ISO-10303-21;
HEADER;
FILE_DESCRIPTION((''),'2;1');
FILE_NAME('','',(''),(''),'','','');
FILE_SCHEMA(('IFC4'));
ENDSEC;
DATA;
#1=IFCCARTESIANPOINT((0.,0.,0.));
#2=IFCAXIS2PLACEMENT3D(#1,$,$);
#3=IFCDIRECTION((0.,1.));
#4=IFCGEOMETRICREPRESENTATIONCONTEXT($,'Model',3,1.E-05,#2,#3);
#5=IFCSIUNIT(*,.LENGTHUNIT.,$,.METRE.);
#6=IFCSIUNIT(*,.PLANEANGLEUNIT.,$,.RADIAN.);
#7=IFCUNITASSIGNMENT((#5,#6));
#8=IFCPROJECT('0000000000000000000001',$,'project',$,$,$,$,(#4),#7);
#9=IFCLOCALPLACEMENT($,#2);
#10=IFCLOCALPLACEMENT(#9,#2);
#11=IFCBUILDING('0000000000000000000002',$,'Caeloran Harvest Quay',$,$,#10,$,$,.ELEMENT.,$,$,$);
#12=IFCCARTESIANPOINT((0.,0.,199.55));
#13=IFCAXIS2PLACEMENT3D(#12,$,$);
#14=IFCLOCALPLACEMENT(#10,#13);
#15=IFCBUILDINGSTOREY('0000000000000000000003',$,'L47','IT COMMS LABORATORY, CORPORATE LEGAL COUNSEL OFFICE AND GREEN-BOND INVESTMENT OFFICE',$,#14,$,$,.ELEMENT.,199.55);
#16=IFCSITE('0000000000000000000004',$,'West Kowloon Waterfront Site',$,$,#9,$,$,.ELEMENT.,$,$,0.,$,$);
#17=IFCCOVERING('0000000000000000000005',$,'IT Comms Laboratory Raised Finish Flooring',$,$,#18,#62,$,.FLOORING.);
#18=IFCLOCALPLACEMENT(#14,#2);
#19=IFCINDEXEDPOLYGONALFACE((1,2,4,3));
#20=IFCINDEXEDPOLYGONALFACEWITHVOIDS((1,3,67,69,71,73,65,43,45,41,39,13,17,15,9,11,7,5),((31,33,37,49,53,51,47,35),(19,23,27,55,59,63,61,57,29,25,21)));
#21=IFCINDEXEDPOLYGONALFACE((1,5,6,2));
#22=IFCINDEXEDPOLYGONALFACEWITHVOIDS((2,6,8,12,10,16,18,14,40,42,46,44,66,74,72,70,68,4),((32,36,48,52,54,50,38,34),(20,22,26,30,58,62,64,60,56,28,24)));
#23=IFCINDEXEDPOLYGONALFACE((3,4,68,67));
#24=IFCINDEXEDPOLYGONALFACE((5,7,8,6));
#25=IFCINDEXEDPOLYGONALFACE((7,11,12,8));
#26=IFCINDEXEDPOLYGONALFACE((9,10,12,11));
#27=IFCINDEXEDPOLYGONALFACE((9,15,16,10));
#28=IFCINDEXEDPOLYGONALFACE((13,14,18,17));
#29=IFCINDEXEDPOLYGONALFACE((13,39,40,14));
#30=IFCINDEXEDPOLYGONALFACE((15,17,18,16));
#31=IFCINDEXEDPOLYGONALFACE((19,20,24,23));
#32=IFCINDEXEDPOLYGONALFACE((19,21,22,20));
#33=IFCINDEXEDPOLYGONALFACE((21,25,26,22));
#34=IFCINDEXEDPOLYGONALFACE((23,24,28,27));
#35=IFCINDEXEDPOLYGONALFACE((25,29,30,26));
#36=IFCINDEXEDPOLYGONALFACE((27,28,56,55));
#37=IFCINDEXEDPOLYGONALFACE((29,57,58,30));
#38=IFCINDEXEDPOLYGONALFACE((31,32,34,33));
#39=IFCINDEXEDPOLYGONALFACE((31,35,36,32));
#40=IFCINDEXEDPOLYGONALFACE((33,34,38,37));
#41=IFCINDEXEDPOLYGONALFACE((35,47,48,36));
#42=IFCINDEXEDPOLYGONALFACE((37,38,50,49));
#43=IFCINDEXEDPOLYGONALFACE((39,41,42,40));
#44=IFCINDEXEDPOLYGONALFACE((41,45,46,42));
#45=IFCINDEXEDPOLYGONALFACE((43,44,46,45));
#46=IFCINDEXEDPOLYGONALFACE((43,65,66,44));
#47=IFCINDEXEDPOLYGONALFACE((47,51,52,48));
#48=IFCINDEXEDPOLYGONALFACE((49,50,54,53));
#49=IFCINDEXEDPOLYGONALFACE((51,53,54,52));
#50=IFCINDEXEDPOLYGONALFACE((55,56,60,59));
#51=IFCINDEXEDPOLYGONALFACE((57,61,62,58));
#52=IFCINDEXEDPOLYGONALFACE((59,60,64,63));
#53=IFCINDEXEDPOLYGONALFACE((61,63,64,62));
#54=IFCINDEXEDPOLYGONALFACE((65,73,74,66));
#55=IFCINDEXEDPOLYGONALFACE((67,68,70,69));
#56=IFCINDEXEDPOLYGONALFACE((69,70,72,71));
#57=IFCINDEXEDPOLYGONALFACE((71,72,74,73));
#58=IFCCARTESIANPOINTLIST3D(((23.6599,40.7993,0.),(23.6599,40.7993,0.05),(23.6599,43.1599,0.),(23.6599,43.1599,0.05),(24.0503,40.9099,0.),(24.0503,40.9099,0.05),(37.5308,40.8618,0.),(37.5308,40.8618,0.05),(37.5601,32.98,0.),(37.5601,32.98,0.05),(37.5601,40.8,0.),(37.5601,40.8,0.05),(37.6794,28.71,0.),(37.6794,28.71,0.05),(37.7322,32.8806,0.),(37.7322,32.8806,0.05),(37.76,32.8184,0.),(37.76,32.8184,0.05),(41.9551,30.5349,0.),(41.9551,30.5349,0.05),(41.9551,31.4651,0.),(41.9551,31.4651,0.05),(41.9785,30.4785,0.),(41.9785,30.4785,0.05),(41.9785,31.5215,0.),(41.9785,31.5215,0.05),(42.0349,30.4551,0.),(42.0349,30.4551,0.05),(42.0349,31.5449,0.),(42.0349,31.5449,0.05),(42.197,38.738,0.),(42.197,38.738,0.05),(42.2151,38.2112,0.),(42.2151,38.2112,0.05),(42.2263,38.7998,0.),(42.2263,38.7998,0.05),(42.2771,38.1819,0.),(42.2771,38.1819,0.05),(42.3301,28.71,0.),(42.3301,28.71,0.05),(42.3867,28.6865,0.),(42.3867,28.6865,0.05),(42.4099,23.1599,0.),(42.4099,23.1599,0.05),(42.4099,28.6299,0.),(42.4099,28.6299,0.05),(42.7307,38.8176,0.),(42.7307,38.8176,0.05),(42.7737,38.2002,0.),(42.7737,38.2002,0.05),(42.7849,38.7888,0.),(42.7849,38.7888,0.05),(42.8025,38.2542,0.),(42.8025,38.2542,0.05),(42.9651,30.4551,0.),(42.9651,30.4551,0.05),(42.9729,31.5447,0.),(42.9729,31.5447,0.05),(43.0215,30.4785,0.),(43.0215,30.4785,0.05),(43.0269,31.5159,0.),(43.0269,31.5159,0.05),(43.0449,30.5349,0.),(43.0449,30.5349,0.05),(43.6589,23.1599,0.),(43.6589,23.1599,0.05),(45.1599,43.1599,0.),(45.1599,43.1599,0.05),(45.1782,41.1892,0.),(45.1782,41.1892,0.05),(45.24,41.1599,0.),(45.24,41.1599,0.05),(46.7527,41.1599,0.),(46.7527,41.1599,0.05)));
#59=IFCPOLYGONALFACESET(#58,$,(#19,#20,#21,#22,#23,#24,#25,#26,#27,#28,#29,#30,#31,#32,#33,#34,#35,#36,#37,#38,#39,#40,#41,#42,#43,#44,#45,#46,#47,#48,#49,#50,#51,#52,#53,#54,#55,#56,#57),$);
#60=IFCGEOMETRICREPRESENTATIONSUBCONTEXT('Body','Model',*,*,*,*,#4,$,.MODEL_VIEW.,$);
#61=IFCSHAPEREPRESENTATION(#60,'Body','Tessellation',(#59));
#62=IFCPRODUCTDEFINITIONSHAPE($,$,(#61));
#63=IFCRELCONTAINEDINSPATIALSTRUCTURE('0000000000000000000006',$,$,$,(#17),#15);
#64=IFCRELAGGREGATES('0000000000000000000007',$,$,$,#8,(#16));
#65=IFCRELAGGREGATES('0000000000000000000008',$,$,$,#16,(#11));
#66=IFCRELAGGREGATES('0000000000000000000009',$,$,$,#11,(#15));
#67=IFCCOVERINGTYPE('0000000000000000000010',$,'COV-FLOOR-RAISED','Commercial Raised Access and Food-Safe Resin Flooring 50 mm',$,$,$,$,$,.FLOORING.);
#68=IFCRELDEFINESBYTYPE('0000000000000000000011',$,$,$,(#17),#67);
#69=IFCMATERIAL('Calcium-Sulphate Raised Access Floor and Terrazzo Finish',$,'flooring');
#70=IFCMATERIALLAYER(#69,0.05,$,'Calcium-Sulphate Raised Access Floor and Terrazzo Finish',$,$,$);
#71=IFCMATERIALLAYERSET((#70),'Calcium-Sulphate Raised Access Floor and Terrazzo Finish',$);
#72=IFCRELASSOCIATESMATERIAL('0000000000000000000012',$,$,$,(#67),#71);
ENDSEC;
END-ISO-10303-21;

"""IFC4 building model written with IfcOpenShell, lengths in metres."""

from ifc_helpers import new_model, si_unit, direction, frame, origin, place, context, subcontext, project, spatial, polyline, outline, extrude, material, layer, layer_set, type_object, element, save


model = new_model("IFC4")

# Units and contexts
model_context = context("Model", 3, precision=1e-05, world=origin(), true_north=direction((0.0, 1.0)))
body_context = subcontext(model_context, "Body", "Model", "MODEL_VIEW")
ifc_project = project(units=[si_unit("LENGTHUNIT", "METRE"), si_unit("PLANEANGLEUNIT", "RADIAN")], contexts=[model_context])

# Site, building, storey
site_placement = place(None, origin())
site = spatial("IfcSite", under=ifc_project, at=site_placement, Name="West Kowloon Waterfront Site", CompositionType="ELEMENT", RefElevation=0.0)
building_placement = place(site_placement, origin())
building = spatial("IfcBuilding", under=site, at=building_placement, Name="Caeloran Harvest Quay", CompositionType="ELEMENT")
storey_placement = place(building_placement, frame((0.0, 0.0, 199.55)))
storey = spatial("IfcBuildingStorey", under=building, at=storey_placement, Name="L47", Description="IT COMMS LABORATORY, CORPORATE LEGAL COUNSEL OFFICE AND GREEN-BOND INVESTMENT OFFICE", CompositionType="ELEMENT", Elevation=199.55)

# Covering
ifc_material_1 = material(Name="Calcium-Sulphate Raised Access Floor and Terrazzo Finish", Category="flooring")
ifc_layer_1 = layer(ifc_material_1, 0.05, Name="Calcium-Sulphate Raised Access Floor and Terrazzo Finish")
ifc_layer_set_1 = layer_set([ifc_layer_1], Name="Calcium-Sulphate Raised Access Floor and Terrazzo Finish")
covering_type_1 = type_object("IfcCoveringType", Name="COV-FLOOR-RAISED", Description="Commercial Raised Access and Food-Safe Resin Flooring 50 mm", PredefinedType="FLOORING", material=ifc_layer_set_1)
covering_1_placement = place(storey_placement, origin())
element("IfcCovering", 1, at=covering_1_placement, inside=storey, type_object=covering_type_1, Name="IT Comms Laboratory Raised Finish Flooring", PredefinedType="FLOORING", context=body_context, shape_type="SweptSolid", body=[
    extrude(outline(polyline([(23.6599, 40.7993), (23.6599, 43.1599), (45.1599, 43.1599), (45.1782, 41.1892), (45.24, 41.1599), (46.7527, 41.1599), (43.6589, 23.1599), (42.4099, 23.1599), (42.4099, 28.6299), (42.3867, 28.6865), (42.3301, 28.71), (37.6794, 28.71), (37.76, 32.8184), (37.7322, 32.8806), (37.5601, 32.98), (37.5601, 40.8), (37.5308, 40.8618), (24.0503, 40.9099), (23.6599, 40.7993)]), holes=[polyline([(43.0449, 30.5349), (43.0269, 31.5159), (42.9729, 31.5447), (42.0349, 31.5449), (41.9785, 31.5215), (41.9551, 31.4651), (41.9551, 30.5349), (41.9785, 30.4785), (42.0349, 30.4551), (42.9651, 30.4551), (43.0215, 30.4785), (43.0449, 30.5349)]), polyline([(42.8025, 38.2542), (42.7849, 38.7888), (42.7307, 38.8176), (42.2263, 38.7998), (42.197, 38.738), (42.2151, 38.2112), (42.2771, 38.1819), (42.7737, 38.2002), (42.8025, 38.2542)])]), origin(), (0.0, 0.0, 1.0), 0.05),
])

save(model, "model.ifc")
